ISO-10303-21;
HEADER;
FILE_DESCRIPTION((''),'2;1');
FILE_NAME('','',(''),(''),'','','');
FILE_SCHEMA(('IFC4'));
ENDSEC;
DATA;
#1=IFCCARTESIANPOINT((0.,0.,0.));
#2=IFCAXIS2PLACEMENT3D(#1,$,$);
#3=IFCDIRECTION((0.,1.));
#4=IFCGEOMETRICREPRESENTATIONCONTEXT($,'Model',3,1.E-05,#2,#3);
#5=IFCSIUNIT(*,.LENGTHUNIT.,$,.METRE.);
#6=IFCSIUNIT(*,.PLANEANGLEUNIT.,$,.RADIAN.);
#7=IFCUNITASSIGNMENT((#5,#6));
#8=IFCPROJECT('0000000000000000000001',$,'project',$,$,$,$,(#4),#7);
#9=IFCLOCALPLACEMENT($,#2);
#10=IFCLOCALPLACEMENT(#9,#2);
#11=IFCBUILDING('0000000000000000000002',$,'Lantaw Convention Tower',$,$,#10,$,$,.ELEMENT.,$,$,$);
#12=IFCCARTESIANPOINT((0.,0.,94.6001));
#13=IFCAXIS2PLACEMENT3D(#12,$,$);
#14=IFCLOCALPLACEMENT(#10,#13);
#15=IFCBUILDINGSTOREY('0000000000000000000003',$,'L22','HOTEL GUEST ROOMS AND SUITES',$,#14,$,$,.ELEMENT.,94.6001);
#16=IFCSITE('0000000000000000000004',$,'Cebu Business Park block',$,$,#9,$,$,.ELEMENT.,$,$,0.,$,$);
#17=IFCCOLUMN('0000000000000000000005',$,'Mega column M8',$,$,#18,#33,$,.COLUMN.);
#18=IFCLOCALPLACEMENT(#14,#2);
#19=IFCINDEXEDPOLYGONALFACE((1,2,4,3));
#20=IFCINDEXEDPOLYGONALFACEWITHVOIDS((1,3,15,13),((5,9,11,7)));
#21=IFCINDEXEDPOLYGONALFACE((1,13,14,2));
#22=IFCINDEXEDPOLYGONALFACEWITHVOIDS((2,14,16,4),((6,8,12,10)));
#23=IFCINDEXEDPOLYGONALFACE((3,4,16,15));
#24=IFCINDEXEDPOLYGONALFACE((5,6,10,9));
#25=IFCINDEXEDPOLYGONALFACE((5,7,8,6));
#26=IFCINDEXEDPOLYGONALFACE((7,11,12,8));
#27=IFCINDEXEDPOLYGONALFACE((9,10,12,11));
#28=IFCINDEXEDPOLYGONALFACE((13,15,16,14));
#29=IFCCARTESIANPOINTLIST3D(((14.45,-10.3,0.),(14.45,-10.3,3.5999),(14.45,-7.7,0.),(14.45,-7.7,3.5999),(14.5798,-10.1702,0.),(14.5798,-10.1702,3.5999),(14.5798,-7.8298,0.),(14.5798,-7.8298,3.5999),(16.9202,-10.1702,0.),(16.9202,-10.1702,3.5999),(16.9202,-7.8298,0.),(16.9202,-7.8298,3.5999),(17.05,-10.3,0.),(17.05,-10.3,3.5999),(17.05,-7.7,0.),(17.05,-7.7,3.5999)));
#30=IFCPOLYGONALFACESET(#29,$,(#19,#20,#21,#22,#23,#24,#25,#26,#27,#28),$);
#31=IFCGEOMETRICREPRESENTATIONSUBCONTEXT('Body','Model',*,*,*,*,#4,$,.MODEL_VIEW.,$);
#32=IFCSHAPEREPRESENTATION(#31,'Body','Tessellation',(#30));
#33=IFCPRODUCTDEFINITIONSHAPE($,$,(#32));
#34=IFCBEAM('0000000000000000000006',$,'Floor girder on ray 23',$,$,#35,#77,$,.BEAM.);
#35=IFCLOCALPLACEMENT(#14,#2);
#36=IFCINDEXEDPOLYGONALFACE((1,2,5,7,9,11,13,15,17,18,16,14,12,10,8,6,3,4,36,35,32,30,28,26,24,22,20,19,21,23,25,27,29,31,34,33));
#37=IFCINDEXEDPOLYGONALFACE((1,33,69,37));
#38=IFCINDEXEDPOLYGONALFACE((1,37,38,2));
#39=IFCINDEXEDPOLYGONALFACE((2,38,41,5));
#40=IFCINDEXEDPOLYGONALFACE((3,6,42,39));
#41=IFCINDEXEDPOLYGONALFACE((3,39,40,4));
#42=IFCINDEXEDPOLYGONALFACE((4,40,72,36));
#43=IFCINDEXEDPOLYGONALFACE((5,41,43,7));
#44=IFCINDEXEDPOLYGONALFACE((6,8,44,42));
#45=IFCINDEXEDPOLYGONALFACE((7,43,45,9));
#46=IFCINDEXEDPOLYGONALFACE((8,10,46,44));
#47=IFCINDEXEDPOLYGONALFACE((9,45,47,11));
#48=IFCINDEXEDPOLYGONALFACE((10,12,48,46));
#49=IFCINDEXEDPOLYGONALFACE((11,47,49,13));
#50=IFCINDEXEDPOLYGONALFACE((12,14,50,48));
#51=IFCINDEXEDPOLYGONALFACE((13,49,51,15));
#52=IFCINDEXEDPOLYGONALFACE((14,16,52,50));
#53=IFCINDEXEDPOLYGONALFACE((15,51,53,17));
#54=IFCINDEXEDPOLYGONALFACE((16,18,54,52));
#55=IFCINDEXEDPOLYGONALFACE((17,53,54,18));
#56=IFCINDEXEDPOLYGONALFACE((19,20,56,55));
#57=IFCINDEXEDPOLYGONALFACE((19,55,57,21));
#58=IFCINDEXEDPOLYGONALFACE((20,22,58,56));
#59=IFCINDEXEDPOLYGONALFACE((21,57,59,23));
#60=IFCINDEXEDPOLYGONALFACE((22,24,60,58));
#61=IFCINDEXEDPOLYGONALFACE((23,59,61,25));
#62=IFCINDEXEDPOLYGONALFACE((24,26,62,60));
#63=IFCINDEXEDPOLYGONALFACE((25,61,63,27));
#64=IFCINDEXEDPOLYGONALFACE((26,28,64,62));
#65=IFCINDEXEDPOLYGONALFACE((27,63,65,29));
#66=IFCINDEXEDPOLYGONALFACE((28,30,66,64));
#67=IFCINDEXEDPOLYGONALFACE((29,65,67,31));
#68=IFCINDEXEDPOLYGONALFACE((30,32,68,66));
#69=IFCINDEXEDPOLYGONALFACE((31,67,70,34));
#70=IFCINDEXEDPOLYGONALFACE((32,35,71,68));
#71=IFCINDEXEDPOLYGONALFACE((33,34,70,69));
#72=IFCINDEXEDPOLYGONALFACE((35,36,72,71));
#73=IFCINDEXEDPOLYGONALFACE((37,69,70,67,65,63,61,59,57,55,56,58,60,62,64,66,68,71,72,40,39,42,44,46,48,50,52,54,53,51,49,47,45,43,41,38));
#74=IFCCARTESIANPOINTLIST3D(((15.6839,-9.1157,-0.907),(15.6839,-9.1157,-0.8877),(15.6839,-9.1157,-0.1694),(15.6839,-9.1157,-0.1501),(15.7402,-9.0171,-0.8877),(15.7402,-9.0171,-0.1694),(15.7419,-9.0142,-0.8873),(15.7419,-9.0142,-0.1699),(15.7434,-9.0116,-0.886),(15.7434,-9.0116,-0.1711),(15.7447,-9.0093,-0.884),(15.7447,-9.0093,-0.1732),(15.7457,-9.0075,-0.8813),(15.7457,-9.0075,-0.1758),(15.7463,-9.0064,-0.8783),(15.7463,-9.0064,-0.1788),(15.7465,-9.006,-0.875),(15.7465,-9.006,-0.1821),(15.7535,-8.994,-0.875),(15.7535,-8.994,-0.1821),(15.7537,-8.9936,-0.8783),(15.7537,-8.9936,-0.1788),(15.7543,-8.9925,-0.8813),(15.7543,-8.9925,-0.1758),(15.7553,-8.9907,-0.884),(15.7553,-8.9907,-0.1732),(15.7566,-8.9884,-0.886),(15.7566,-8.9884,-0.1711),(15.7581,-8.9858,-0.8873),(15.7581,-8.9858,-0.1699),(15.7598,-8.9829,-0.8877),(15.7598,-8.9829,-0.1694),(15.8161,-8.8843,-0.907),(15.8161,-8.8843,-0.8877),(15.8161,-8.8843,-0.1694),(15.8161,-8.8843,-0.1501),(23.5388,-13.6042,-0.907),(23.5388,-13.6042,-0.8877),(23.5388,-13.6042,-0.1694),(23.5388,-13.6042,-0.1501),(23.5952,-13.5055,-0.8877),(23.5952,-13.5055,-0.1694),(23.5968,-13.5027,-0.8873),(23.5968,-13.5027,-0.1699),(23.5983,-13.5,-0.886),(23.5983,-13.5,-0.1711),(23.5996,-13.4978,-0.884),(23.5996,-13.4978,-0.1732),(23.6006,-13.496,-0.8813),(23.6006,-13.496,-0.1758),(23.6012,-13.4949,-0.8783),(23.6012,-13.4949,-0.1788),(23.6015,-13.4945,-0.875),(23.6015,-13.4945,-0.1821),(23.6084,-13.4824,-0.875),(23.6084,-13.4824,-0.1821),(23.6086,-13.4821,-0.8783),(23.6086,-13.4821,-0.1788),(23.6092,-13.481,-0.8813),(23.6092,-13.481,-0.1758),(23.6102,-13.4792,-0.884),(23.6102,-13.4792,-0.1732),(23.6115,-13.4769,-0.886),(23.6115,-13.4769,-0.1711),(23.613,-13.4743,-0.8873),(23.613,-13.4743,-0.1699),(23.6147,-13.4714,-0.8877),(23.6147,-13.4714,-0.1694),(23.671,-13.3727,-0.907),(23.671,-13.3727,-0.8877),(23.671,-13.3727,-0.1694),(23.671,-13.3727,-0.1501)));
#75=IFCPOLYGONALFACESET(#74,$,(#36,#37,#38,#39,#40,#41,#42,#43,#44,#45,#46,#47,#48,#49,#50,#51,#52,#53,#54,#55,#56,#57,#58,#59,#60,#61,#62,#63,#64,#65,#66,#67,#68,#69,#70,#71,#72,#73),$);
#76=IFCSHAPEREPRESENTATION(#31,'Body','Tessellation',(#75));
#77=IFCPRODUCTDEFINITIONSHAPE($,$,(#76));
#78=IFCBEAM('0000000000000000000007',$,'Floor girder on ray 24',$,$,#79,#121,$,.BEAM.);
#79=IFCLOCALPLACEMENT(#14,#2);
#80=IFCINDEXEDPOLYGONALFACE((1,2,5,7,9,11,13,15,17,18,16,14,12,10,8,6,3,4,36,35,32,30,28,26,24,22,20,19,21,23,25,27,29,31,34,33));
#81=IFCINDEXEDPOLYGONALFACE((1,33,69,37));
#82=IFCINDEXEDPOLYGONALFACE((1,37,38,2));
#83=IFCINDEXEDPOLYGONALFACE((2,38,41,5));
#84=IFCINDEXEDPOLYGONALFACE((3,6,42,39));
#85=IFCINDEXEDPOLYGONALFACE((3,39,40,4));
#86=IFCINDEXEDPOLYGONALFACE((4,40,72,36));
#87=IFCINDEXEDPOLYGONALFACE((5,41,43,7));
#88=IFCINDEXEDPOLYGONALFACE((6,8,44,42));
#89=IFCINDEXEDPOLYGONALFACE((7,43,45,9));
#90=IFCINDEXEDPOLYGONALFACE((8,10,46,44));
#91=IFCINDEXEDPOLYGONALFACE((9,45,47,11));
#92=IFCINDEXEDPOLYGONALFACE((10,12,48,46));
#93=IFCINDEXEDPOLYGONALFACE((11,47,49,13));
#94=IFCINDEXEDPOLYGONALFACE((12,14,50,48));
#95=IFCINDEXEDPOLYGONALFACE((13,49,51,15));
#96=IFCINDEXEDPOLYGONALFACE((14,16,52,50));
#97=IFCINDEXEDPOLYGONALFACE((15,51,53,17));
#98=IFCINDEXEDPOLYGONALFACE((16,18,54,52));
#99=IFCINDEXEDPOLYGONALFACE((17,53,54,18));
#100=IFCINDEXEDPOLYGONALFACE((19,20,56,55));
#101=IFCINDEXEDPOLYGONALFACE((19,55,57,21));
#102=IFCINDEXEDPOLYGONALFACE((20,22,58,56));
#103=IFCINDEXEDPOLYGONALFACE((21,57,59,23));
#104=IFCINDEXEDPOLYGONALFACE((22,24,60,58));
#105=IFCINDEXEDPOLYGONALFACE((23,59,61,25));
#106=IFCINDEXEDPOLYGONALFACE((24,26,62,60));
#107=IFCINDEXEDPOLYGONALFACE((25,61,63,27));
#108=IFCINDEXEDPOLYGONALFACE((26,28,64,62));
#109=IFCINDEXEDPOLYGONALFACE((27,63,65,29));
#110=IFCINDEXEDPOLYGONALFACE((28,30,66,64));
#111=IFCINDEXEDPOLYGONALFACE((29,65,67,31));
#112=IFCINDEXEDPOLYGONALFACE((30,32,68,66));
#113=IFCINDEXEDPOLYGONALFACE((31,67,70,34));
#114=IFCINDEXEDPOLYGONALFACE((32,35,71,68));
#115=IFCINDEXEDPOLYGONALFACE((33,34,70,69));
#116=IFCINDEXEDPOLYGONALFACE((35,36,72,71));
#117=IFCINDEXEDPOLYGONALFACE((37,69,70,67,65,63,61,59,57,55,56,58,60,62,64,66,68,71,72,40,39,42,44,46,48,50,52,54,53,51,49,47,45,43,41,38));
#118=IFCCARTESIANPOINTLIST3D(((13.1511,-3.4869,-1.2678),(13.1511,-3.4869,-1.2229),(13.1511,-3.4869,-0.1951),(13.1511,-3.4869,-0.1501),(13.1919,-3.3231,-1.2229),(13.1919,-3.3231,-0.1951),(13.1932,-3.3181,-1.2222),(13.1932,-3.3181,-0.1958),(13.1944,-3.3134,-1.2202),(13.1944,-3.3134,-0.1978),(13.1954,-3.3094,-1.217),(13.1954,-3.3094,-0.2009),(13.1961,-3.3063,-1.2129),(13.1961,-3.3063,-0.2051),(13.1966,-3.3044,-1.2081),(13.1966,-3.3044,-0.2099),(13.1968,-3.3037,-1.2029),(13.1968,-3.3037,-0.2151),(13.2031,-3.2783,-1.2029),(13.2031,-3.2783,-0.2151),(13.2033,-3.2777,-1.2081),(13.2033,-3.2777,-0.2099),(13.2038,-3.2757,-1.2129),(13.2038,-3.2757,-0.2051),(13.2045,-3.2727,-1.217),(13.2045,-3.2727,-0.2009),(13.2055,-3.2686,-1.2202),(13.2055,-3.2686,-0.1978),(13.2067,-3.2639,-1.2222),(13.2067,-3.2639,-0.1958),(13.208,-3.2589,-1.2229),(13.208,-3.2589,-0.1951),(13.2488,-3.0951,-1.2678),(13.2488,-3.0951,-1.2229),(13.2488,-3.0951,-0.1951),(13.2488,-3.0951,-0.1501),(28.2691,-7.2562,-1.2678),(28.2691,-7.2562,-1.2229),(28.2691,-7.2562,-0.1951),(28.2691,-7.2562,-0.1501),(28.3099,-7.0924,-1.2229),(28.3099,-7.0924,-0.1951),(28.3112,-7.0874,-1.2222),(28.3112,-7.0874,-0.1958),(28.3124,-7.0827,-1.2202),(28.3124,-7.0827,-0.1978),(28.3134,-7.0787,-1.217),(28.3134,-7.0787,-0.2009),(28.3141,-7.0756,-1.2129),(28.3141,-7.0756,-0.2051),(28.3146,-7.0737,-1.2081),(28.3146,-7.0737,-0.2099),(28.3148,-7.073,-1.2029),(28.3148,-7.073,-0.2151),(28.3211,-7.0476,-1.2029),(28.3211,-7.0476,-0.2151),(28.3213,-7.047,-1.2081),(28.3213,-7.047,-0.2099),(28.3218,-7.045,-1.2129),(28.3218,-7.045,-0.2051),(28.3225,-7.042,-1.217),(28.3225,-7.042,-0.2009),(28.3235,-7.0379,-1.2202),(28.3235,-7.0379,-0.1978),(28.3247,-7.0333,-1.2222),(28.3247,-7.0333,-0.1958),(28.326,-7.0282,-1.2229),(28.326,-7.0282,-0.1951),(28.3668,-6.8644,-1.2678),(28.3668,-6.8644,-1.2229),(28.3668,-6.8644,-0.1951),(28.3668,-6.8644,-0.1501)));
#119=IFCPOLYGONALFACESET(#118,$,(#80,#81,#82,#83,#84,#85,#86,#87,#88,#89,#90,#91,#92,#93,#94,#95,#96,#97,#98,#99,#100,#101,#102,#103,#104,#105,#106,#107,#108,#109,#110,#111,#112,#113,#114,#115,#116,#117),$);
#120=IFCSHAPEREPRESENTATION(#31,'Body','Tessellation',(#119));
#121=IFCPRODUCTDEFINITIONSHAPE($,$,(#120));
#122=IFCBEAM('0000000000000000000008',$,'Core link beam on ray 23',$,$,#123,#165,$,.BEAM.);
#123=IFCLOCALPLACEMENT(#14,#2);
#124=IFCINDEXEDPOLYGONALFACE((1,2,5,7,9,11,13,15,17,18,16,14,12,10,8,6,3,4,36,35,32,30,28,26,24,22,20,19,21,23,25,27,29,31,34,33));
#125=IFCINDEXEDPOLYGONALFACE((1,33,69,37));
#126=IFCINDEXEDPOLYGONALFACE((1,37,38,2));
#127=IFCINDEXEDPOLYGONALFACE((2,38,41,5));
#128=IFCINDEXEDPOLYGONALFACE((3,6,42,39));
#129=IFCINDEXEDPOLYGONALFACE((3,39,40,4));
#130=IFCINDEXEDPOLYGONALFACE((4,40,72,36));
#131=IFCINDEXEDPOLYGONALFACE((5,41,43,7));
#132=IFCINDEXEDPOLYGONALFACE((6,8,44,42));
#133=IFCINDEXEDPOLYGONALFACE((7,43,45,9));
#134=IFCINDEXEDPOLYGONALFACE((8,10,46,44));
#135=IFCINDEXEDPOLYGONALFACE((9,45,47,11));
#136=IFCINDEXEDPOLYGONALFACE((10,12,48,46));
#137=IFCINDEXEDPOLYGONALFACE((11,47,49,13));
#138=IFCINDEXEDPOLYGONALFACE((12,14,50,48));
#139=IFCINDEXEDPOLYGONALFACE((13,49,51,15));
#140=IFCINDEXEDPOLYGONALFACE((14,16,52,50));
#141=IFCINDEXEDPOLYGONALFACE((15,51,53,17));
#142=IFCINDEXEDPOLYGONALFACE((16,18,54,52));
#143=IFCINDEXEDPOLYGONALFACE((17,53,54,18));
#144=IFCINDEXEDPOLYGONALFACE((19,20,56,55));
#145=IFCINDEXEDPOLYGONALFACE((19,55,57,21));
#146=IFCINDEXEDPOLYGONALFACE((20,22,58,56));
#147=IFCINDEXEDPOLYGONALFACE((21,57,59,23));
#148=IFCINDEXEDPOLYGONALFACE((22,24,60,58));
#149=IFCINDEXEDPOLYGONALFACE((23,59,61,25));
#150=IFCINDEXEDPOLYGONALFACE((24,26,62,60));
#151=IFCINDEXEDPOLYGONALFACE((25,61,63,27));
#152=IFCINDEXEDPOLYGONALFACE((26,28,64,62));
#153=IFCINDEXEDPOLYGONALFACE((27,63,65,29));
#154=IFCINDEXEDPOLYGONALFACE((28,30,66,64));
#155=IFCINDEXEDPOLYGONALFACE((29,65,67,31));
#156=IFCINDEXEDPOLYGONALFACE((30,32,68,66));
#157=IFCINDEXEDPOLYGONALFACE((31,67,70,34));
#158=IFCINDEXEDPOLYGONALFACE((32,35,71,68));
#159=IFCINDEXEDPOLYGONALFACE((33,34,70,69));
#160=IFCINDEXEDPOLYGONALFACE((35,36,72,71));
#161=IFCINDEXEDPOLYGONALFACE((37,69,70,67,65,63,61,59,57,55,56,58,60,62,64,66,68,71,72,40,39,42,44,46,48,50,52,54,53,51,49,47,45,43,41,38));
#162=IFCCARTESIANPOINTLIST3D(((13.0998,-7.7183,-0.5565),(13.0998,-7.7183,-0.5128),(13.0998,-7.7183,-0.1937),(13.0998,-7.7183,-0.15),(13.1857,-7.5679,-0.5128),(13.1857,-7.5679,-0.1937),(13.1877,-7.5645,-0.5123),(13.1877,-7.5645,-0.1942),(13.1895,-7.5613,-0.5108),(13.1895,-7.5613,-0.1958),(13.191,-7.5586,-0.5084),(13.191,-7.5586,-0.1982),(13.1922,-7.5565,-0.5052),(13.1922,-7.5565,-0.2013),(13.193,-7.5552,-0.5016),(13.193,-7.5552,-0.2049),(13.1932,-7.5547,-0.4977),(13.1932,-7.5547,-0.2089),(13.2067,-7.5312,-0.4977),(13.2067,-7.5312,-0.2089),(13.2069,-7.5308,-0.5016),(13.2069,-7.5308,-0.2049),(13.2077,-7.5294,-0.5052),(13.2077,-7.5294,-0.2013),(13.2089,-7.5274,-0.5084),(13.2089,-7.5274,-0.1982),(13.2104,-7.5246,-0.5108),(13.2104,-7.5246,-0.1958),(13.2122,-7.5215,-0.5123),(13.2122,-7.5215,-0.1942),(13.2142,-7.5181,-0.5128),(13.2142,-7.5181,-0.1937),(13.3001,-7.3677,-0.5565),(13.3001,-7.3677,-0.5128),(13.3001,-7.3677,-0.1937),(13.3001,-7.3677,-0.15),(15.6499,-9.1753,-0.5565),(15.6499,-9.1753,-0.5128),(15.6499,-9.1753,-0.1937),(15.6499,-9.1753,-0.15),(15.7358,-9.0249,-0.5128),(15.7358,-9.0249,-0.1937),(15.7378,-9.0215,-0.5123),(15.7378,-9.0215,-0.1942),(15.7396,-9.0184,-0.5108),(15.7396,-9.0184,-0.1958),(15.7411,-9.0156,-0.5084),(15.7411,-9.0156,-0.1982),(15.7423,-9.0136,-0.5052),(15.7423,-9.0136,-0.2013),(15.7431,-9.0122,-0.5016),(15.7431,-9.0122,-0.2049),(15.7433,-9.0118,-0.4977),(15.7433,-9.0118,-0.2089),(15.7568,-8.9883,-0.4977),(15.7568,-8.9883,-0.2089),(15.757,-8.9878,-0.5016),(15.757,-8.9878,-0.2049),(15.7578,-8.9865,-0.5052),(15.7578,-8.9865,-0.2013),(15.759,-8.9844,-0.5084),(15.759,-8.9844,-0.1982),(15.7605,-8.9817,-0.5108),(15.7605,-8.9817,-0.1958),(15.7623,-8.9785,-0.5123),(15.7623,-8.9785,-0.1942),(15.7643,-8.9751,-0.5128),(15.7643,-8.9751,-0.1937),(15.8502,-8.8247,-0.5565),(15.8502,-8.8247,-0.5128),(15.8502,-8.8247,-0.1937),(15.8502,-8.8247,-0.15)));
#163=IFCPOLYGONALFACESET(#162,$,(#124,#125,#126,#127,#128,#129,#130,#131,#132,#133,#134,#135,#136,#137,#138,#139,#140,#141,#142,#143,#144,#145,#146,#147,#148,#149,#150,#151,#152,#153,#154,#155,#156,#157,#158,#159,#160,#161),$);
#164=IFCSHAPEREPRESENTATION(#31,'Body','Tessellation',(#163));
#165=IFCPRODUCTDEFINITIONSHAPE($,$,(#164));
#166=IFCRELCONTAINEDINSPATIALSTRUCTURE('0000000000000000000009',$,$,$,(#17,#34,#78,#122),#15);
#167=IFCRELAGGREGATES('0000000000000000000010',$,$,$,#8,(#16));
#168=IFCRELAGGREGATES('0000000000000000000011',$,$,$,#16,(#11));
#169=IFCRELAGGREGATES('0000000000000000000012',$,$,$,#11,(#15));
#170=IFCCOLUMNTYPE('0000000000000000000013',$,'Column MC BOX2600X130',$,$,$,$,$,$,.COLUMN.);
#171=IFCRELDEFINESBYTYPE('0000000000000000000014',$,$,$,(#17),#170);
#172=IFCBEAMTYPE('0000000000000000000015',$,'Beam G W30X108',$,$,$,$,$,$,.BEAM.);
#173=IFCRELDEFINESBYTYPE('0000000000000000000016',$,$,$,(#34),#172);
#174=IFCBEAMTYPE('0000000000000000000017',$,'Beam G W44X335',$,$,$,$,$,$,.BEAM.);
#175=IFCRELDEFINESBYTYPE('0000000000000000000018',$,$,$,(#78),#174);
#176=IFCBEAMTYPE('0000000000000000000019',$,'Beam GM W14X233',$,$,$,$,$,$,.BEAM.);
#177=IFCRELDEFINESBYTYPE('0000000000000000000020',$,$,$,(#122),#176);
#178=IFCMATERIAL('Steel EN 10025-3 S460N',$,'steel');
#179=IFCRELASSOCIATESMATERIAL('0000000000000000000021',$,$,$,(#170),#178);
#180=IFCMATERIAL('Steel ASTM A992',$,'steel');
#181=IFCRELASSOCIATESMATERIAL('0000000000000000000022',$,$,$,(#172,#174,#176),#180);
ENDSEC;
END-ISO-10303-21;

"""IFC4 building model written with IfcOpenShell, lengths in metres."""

from ifc_helpers import new_model, si_unit, direction, frame, origin, origin_2d, place, context, subcontext, project, spatial, rectangle, hollow_rectangle, i_section, extrude, material, material_profile, profile_set, type_object, element, save


model = new_model("IFC4")

# Units and contexts
model_context = context("Model", 3, precision=1e-05, world=origin(), true_north=direction((0.0, 1.0)))
body_context = subcontext(model_context, "Body", "Model", "MODEL_VIEW")
ifc_project = project(units=[si_unit("LENGTHUNIT", "METRE"), si_unit("PLANEANGLEUNIT", "RADIAN")], contexts=[model_context])

# Site, building, storey
site_placement = place(None, origin())
site = spatial("IfcSite", under=ifc_project, at=site_placement, Name="Cebu Business Park block", CompositionType="ELEMENT", RefElevation=0.0)
building_placement = place(site_placement, origin())
building = spatial("IfcBuilding", under=site, at=building_placement, Name="Lantaw Convention Tower", CompositionType="ELEMENT")
storey_placement = place(building_placement, frame((0.0, 0.0, 94.6001)))
storey = spatial("IfcBuildingStorey", under=building, at=storey_placement, Name="L22", Description="HOTEL GUEST ROOMS AND SUITES", CompositionType="ELEMENT", Elevation=94.6001)

# Column
ifc_material_1 = material(Name="Steel EN 10025-3 S460N", Category="steel")
ifc_material_profile_1 = material_profile(ifc_material_1, hollow_rectangle(XDim=2.6001, YDim=2.6001, WallThickness=0.1299, at=origin_2d()), Name="BOX2600X130")
ifc_material_2 = material(Name="Concrete C60/75", Category="concrete")
ifc_material_profile_2 = material_profile(ifc_material_2, rectangle(XDim=2.3401, YDim=2.3401, at=origin_2d()), Name="Concrete fill of BOX2600X130")
ifc_profile_set_1 = profile_set([ifc_material_profile_1, ifc_material_profile_2], Name="Steel EN 10025-3 S460N")
column_type = type_object("IfcColumnType", Name="Column MC BOX2600X130", PredefinedType="COLUMN", material=ifc_profile_set_1)
column_placement = place(storey_placement, frame((15.75, -9.0, 0.0), z_axis=(0.0, 0.0, 1.0), x_axis=(1.0, 0.0, 0.0)))
element("IfcColumn", 1, at=column_placement, inside=storey, type_object=column_type, Name="Mega column M8", PredefinedType="COLUMN", context=body_context, shape_type="SweptSolid", body=[
    extrude(hollow_rectangle(XDim=2.6001, YDim=2.6001, WallThickness=0.1299, at=origin_2d()), origin(), (0.0, 0.0, 1.0), 3.5999),
])

# Beams
ifc_material_3 = material(Name="Steel ASTM A992", Category="steel")
ifc_material_profile_3 = material_profile(ifc_material_3, i_section(OverallWidth=0.2666, OverallDepth=0.7568, WebThickness=0.0139, FlangeThickness=0.0193, FilletRadius=0.0127, at=origin_2d()), Name="W30X108")
ifc_profile_set_2 = profile_set([ifc_material_profile_3], Name="Steel ASTM A992")
beam_type_1 = type_object("IfcBeamType", Name="Beam G W30X108", PredefinedType="BEAM", material=ifc_profile_set_2)
beam_1_placement = place(storey_placement, frame((15.75, -9.0, -0.5286), z_axis=(0.868245, -0.496136, 0.0), x_axis=(0.496136, 0.868245, 0.0)))
element("IfcBeam", 2, at=beam_1_placement, inside=storey, type_object=beam_type_1, Name="Floor girder on ray 23", PredefinedType="BEAM", context=body_context, shape_type="SweptSolid", body=[
    extrude(i_section(OverallWidth=0.2666, OverallDepth=0.7568, WebThickness=0.0139, FlangeThickness=0.0193, FilletRadius=0.0127, at=origin_2d()), origin(), (0.0, 0.0, 1.0), 9.0469),
])
ifc_material_profile_4 = material_profile(ifc_material_3, i_section(OverallWidth=0.4038, OverallDepth=1.1177, WebThickness=0.0261, FlangeThickness=0.0449, FilletRadius=0.02, at=origin_2d()), Name="W44X335")
ifc_profile_set_3 = profile_set([ifc_material_profile_4], Name="Steel ASTM A992")
beam_type_2 = type_object("IfcBeamType", Name="Beam G W44X335", PredefinedType="BEAM", material=ifc_profile_set_3)
beam_2_placement = place(storey_placement, frame((13.2, -3.291, -0.709), z_axis=(0.970296, -0.24192, 0.0), x_axis=(0.24192, 0.970296, 0.0)))
element("IfcBeam", 3, at=beam_2_placement, inside=storey, type_object=beam_type_2, Name="Floor girder on ray 24", PredefinedType="BEAM", context=body_context, shape_type="SweptSolid", body=[
    extrude(i_section(OverallWidth=0.4038, OverallDepth=1.1177, WebThickness=0.0261, FlangeThickness=0.0449, FilletRadius=0.02, at=origin_2d()), origin(), (0.0, 0.0, 1.0), 15.5808),
])
ifc_material_profile_5 = material_profile(ifc_material_3, i_section(OverallWidth=0.4038, OverallDepth=0.4065, WebThickness=0.0271, FlangeThickness=0.0437, FilletRadius=0.0151, at=origin_2d()), Name="W14X233")
ifc_profile_set_4 = profile_set([ifc_material_profile_5], Name="Steel ASTM A992")
beam_type_3 = type_object("IfcBeamType", Name="Beam GM W14X233", PredefinedType="BEAM", material=ifc_profile_set_4)
beam_3_placement = place(storey_placement, frame((13.2, -7.543, -0.3533), z_axis=(0.868264, -0.496103, 0.0), x_axis=(0.496103, 0.868264, 0.0)))
element("IfcBeam", 4, at=beam_3_placement, inside=storey, type_object=beam_type_3, Name="Core link beam on ray 23", PredefinedType="BEAM", context=body_context, shape_type="SweptSolid", body=[
    extrude(i_section(OverallWidth=0.4038, OverallDepth=0.4065, WebThickness=0.0271, FlangeThickness=0.0437, FilletRadius=0.0151, at=origin_2d()), origin(), (0.0, 0.0, 1.0), 2.937),
])

save(model, "model.ifc")
